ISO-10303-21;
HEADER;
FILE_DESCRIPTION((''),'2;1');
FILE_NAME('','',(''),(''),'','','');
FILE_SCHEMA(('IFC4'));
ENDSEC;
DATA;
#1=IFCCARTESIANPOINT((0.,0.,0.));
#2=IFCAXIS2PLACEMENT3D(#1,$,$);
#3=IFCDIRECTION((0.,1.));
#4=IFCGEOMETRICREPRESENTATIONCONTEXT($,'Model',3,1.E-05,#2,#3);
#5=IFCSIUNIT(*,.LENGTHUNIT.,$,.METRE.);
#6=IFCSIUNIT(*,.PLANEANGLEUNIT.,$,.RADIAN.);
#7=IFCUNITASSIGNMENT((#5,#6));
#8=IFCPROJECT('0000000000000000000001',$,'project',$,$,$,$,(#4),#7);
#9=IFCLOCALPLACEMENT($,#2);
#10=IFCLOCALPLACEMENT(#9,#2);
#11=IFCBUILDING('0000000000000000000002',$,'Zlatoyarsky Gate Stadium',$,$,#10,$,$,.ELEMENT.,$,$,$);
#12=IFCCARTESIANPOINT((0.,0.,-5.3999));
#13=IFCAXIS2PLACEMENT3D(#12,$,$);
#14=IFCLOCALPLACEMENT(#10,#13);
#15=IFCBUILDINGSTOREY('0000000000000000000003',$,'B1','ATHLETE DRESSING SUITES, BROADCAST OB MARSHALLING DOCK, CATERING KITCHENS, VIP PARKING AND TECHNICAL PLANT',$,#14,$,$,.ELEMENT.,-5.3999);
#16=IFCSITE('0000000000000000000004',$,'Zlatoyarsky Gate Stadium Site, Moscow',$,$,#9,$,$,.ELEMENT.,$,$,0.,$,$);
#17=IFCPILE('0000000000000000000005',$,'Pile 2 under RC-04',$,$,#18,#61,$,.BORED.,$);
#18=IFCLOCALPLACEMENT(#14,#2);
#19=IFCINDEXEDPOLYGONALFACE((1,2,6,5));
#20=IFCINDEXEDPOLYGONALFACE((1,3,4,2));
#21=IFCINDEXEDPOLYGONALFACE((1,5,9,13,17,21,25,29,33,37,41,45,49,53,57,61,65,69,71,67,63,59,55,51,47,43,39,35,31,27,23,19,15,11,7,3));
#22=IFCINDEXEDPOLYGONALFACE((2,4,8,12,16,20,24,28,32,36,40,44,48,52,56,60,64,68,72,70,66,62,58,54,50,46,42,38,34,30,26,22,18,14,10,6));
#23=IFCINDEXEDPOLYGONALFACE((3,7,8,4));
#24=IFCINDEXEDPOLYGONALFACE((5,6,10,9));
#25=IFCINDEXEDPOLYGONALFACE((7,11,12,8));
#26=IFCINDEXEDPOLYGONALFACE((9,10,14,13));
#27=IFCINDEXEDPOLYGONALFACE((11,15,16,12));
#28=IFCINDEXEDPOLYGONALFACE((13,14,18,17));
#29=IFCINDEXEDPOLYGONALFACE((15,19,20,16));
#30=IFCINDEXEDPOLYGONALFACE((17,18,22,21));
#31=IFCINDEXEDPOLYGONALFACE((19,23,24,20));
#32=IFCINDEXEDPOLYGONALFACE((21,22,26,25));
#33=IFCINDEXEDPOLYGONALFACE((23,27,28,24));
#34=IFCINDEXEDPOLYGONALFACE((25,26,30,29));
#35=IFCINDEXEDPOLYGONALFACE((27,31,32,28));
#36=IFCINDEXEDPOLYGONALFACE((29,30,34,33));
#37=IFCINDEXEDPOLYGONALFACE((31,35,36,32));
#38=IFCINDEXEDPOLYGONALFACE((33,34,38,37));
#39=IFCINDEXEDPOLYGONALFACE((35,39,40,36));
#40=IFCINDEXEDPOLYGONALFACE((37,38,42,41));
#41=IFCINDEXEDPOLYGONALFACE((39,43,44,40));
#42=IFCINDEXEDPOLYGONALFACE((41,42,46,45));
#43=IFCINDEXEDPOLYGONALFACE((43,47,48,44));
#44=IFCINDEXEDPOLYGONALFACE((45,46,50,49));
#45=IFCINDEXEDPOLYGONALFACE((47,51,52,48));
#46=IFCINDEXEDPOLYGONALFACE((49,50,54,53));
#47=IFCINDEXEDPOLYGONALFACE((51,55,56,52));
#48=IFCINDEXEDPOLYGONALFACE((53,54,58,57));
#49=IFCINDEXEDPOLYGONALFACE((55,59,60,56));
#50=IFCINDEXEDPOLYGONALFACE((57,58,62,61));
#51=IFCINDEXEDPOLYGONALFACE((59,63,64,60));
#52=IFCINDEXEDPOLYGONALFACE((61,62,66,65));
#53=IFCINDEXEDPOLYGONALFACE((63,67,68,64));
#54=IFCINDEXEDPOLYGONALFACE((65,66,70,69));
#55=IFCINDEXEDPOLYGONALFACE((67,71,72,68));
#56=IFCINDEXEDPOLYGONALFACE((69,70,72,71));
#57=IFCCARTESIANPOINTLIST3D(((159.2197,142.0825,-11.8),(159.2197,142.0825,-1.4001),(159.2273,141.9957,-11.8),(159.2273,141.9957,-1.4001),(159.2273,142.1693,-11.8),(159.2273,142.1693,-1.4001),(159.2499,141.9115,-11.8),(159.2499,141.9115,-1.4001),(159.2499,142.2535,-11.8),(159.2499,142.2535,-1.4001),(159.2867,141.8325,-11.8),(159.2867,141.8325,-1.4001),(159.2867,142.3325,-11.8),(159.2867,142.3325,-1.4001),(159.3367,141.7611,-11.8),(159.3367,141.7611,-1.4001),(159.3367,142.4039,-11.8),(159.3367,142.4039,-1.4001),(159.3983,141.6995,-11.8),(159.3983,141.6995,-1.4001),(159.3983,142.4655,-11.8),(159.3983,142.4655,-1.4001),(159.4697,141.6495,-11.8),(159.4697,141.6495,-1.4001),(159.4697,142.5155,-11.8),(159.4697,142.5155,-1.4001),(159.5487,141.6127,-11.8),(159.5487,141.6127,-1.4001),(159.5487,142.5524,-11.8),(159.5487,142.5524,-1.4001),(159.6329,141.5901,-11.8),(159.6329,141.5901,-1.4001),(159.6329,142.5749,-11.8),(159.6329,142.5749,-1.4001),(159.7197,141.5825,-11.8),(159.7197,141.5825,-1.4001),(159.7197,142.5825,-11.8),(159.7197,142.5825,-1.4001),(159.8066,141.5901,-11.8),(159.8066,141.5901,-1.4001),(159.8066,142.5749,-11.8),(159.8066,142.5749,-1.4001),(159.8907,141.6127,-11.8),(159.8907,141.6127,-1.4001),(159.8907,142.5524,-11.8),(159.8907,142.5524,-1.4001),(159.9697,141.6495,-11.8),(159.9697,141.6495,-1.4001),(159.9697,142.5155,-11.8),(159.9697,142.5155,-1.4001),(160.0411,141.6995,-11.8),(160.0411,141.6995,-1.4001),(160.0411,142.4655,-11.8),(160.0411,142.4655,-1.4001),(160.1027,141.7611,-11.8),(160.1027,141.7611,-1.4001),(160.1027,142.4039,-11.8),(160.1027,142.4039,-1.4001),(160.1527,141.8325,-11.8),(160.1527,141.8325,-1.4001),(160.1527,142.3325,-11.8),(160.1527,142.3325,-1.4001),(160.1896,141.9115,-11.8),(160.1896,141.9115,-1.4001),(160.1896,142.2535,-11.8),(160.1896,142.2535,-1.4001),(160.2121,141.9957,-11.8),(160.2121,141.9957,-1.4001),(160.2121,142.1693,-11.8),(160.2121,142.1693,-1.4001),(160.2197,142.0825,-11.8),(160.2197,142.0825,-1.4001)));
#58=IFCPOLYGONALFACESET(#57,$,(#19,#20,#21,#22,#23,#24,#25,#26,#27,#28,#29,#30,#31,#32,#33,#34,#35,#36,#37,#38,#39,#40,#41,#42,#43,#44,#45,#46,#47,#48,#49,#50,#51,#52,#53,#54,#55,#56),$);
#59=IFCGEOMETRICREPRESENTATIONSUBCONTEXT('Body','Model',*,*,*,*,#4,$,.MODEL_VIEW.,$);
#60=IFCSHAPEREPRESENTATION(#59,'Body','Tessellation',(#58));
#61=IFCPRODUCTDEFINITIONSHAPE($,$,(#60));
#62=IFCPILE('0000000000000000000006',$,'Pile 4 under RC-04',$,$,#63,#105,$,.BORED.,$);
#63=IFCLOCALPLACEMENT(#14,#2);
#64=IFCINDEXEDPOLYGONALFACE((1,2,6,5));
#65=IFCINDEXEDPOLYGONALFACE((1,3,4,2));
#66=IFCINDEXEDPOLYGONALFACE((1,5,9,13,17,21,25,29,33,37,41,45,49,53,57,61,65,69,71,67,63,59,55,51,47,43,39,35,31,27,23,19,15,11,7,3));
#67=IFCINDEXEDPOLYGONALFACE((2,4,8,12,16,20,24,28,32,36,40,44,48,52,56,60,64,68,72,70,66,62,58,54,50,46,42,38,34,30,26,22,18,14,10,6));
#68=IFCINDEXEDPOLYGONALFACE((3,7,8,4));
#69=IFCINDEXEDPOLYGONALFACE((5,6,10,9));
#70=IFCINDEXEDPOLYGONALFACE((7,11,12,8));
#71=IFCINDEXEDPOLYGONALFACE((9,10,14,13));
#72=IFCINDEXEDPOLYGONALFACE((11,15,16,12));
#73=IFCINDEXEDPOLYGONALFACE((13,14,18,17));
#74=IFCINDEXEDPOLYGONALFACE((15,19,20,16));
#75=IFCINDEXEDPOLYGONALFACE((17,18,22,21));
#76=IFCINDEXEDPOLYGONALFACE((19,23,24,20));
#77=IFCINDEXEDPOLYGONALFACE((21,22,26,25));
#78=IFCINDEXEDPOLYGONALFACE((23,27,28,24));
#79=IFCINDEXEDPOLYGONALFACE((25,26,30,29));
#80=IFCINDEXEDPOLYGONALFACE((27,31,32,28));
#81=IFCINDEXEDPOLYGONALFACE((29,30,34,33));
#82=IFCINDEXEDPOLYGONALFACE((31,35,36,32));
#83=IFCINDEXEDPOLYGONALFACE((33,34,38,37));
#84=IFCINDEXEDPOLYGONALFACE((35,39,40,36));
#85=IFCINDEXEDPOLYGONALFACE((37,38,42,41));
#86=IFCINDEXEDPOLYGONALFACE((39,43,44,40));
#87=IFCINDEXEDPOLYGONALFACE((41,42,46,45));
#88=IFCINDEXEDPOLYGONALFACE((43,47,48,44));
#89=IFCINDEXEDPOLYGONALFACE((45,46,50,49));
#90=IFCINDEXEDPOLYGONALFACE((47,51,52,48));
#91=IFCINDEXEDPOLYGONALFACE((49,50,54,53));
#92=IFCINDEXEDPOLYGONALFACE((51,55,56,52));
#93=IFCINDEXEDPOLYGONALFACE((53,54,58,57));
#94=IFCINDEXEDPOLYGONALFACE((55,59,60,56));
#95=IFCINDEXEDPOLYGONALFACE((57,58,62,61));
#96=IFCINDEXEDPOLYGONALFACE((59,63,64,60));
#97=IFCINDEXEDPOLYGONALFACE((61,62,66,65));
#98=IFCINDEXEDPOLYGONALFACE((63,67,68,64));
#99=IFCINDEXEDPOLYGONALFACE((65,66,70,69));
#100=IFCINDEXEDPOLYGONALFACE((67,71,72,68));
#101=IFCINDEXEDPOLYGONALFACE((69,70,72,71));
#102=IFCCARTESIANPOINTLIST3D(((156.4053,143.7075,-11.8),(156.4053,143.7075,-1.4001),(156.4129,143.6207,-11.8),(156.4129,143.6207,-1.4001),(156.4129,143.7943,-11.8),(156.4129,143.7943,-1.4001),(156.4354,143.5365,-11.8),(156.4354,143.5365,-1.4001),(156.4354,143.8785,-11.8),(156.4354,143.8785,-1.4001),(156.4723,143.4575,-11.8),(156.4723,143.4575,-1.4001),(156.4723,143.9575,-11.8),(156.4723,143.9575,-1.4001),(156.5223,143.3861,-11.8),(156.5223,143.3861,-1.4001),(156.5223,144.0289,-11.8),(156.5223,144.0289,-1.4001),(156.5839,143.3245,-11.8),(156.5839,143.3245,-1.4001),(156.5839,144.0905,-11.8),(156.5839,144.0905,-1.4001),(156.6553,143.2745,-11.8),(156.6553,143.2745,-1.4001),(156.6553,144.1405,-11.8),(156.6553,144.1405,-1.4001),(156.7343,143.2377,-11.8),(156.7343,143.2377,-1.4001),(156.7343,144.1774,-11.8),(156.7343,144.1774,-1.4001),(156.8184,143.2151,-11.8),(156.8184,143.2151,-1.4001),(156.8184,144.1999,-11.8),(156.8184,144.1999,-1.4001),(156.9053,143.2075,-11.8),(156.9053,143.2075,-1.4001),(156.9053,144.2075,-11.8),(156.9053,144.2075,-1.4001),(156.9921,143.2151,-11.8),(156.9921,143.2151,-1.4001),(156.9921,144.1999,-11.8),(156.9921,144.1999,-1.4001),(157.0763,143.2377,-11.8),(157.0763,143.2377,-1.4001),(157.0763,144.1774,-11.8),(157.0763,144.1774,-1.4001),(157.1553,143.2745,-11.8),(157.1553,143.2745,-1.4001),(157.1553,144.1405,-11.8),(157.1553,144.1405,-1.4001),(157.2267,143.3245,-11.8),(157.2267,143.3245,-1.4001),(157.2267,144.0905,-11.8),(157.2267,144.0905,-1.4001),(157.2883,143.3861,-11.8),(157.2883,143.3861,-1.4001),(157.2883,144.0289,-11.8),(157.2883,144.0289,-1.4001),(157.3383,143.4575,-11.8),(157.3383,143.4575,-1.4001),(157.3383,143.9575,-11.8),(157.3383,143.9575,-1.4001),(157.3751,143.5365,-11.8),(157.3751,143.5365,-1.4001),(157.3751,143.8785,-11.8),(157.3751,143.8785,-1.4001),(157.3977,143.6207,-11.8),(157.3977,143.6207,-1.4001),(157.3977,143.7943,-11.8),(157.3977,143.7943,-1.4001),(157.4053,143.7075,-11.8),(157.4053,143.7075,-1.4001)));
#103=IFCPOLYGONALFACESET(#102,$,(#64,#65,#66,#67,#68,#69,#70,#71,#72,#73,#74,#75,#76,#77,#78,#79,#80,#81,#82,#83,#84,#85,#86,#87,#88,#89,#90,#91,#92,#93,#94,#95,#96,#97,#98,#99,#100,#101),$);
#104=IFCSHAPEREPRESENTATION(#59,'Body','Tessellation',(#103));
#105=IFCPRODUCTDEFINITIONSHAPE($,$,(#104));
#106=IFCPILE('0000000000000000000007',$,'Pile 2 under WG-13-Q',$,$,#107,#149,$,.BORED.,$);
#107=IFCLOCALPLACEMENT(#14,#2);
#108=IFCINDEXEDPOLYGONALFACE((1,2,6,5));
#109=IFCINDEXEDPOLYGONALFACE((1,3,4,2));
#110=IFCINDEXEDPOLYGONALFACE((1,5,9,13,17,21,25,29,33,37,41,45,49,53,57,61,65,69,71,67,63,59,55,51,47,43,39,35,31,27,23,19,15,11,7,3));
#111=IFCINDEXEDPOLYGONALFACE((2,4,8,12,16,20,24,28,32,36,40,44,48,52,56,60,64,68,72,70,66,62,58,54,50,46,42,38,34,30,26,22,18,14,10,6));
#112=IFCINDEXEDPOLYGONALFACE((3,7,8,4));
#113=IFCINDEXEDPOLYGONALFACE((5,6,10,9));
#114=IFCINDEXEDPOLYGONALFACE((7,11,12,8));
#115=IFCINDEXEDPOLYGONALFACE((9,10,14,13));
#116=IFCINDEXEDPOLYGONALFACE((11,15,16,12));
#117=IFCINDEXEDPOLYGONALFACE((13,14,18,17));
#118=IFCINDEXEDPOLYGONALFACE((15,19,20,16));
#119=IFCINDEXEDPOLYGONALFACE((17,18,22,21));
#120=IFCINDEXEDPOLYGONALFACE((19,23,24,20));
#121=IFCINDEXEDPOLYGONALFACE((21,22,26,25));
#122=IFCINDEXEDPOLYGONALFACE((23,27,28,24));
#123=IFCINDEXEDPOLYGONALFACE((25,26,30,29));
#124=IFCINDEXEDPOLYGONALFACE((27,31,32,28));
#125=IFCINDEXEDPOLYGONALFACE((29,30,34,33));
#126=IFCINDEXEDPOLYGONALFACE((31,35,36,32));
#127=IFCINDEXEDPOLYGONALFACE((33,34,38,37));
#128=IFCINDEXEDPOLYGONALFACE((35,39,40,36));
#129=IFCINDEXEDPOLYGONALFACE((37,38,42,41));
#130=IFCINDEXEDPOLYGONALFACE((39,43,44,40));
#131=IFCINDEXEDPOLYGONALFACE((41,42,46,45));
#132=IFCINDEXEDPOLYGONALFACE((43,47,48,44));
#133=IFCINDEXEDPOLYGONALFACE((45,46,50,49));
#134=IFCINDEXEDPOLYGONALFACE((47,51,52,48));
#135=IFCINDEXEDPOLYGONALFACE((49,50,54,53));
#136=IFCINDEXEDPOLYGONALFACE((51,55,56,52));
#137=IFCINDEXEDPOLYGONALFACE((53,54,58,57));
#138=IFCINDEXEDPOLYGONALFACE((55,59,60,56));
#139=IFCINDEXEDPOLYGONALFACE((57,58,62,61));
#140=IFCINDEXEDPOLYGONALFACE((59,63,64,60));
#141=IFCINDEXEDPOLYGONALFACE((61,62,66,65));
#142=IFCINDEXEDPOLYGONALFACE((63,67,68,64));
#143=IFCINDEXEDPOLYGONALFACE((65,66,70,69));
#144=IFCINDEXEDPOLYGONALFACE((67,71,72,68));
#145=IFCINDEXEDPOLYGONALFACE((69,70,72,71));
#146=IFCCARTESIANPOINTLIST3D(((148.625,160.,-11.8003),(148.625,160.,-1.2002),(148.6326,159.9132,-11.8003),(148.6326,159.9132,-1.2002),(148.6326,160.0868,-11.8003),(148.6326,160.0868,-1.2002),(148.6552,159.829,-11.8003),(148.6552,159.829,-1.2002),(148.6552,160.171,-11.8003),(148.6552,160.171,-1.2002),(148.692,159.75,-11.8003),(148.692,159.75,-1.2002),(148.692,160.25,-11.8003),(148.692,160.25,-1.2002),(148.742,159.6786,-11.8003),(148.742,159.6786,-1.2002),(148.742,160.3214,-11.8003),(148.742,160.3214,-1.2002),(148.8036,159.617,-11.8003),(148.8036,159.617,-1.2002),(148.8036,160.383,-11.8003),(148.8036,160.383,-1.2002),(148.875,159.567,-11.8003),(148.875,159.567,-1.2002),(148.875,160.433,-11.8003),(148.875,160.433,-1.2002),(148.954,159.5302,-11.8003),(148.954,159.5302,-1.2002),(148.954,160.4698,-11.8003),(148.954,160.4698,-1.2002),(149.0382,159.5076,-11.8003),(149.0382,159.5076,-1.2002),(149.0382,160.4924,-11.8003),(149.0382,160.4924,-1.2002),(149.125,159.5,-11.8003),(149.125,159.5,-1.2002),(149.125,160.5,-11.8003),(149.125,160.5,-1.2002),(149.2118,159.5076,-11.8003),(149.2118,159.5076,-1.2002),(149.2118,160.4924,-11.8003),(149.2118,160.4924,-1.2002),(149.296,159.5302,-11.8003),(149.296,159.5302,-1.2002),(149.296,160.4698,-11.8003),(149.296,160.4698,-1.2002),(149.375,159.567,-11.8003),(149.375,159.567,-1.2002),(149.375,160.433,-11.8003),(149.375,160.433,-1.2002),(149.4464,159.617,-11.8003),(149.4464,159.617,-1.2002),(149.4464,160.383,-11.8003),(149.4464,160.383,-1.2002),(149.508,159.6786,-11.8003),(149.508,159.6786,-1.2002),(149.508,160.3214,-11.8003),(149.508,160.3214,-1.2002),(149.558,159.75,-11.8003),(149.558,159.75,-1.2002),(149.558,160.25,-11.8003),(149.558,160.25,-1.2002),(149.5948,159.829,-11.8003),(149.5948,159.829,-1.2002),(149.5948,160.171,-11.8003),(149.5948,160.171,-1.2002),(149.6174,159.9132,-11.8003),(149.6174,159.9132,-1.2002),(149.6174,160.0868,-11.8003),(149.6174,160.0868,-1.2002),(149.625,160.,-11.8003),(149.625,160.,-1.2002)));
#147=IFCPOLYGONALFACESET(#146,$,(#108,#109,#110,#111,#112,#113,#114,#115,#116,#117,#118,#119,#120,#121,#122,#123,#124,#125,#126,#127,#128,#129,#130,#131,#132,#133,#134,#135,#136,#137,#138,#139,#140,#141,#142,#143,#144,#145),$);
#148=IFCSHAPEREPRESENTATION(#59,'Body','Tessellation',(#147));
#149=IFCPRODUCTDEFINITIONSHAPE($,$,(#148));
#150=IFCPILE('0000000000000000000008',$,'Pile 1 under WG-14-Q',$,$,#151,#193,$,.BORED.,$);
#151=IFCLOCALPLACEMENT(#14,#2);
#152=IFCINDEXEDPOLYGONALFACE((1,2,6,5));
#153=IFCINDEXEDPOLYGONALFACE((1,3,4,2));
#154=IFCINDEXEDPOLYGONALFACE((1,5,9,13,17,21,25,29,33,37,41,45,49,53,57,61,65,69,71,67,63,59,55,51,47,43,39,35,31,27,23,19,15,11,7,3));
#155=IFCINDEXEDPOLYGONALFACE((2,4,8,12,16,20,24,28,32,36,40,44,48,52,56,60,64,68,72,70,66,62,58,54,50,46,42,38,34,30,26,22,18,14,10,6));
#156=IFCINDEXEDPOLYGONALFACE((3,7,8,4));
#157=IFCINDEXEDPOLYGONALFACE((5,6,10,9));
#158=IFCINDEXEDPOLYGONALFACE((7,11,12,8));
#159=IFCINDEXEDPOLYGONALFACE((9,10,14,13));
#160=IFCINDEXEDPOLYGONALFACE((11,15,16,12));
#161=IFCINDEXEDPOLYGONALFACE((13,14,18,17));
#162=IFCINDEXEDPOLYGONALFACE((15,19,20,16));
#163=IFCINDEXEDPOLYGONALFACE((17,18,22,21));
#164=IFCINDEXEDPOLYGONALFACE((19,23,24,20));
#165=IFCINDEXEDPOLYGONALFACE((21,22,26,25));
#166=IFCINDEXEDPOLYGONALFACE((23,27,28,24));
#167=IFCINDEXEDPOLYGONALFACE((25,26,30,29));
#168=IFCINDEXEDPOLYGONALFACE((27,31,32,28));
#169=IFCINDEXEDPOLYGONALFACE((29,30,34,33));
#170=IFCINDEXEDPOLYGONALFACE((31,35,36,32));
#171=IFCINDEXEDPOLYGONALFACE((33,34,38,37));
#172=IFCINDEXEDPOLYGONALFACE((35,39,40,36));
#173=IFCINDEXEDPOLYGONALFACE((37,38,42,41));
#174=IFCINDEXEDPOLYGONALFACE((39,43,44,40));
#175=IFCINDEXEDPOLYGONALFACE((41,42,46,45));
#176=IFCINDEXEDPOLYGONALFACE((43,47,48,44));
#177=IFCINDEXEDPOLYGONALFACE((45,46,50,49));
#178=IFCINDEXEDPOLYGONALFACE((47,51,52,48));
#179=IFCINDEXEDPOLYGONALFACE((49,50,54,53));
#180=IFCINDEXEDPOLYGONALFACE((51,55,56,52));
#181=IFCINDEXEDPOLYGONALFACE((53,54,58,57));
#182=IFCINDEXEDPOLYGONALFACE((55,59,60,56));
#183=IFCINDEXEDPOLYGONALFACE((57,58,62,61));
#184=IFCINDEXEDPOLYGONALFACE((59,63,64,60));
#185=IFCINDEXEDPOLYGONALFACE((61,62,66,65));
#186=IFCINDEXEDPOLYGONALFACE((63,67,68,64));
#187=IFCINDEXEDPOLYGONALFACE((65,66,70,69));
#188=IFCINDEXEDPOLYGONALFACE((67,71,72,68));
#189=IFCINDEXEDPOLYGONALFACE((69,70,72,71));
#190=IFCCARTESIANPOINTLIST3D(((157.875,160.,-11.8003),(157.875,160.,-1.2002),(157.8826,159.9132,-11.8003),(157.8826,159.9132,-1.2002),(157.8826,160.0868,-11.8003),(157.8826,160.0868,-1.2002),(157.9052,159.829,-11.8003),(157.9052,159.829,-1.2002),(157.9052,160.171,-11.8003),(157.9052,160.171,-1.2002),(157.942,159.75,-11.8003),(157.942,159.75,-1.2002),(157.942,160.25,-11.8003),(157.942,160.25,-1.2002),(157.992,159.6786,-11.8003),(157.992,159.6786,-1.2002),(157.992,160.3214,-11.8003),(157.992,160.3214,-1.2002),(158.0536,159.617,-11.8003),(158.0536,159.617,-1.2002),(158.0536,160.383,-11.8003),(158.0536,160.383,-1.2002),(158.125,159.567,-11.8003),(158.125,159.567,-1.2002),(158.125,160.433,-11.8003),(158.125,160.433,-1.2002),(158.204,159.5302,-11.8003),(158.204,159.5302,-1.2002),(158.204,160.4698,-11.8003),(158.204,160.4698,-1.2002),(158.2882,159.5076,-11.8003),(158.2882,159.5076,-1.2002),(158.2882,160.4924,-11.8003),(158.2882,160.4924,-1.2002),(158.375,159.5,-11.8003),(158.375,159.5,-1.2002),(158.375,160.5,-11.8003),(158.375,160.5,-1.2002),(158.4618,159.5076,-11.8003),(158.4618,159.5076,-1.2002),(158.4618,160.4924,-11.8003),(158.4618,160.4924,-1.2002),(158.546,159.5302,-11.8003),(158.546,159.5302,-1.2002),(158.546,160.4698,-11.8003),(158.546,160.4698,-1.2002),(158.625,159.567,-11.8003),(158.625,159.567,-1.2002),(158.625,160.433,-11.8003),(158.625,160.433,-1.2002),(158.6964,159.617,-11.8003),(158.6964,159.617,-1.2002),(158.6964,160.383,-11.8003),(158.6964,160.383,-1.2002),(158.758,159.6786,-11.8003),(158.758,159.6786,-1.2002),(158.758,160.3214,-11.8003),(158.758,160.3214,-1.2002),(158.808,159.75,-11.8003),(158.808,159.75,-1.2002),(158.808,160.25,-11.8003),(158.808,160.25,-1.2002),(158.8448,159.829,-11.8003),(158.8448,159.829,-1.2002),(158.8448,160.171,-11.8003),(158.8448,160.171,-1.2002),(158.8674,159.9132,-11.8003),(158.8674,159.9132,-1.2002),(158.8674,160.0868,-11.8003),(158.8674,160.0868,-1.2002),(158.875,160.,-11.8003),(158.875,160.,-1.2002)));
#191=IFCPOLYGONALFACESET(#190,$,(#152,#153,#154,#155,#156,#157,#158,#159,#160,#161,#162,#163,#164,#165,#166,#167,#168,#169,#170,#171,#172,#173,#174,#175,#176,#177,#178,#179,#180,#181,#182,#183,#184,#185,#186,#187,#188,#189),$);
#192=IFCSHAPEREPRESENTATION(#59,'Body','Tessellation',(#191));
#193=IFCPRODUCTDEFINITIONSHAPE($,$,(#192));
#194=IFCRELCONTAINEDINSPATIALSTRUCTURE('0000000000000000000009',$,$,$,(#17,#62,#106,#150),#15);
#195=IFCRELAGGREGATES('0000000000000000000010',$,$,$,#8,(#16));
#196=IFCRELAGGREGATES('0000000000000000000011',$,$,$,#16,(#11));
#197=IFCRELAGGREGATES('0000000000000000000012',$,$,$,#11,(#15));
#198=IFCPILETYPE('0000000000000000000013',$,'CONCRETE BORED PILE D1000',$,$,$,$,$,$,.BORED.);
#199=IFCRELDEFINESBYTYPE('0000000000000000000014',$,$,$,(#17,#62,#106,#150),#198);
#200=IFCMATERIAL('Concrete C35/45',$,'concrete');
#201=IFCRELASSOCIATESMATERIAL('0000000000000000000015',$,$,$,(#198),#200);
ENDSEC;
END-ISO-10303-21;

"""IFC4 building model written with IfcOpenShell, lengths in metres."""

from ifc_helpers import new_model, si_unit, direction, frame, origin, origin_2d, place, context, subcontext, project, spatial, circle, extrude, material, material_profile, profile_set, type_object, element, save


model = new_model("IFC4")

# Units and contexts
model_context = context("Model", 3, precision=1e-05, world=origin(), true_north=direction((0.0, 1.0)))
body_context = subcontext(model_context, "Body", "Model", "MODEL_VIEW")
ifc_project = project(units=[si_unit("LENGTHUNIT", "METRE"), si_unit("PLANEANGLEUNIT", "RADIAN")], contexts=[model_context])

# Site, building, storey
site_placement = place(None, origin())
site = spatial("IfcSite", under=ifc_project, at=site_placement, Name="Zlatoyarsky Gate Stadium Site, Moscow", CompositionType="ELEMENT", RefElevation=0.0)
building_placement = place(site_placement, origin())
building = spatial("IfcBuilding", under=site, at=building_placement, Name="Zlatoyarsky Gate Stadium", CompositionType="ELEMENT")
storey_placement = place(building_placement, frame((0.0, 0.0, -5.3999)))
storey = spatial("IfcBuildingStorey", under=building, at=storey_placement, Name="B1", Description="ATHLETE DRESSING SUITES, BROADCAST OB MARSHALLING DOCK, CATERING KITCHENS, VIP PARKING AND TECHNICAL PLANT", CompositionType="ELEMENT", Elevation=-5.3999)

# Piles
ifc_material_1 = material(Name="Concrete C35/45", Category="concrete")
ifc_material_profile_1 = material_profile(ifc_material_1, circle(Radius=0.5, at=origin_2d()), Name="BORED PILE D1000")
ifc_profile_set_1 = profile_set([ifc_material_profile_1], Name="Concrete C35/45")
pile_type_1 = type_object("IfcPileType", Name="CONCRETE BORED PILE D1000", PredefinedType="BORED", material=ifc_profile_set_1)
for number, where, z_axis, x_axis, name in (
    (1, (159.7197, 142.0825, -1.4001), (0.0, 0.0, -1.0), (1.0, 0.0, 0.0), "Pile 2 under RC-04"),
    (2, (156.9053, 143.7075, -1.4001), (0.0, 0.0, -1.0), (1.0, 0.0, 0.0), "Pile 4 under RC-04"),
):
    element("IfcPile", number, at=place(storey_placement, frame(where, z_axis=z_axis, x_axis=x_axis)), inside=storey, type_object=pile_type_1, Name=name, PredefinedType="BORED", context=body_context, shape_type="SweptSolid", body=[
        extrude(circle(Radius=0.5, at=origin_2d()), origin(), (0.0, 0.0, 1.0), 10.3999),
    ])
for number, where, z_axis, x_axis, name in (
    (3, (149.125, 160.0, -1.2002), (0.0, 0.0, -1.0), (1.0, 0.0, 0.0), "Pile 2 under WG-13-Q"),
    (4, (158.375, 160.0, -1.2002), (0.0, 0.0, -1.0), (1.0, 0.0, 0.0), "Pile 1 under WG-14-Q"),
):
    element("IfcPile", number, at=place(storey_placement, frame(where, z_axis=z_axis, x_axis=x_axis)), inside=storey, type_object=pile_type_1, Name=name, PredefinedType="BORED", context=body_context, shape_type="SweptSolid", body=[
        extrude(circle(Radius=0.5, at=origin_2d()), origin(), (0.0, 0.0, 1.0), 10.6001),
    ])

save(model, "model.ifc")
